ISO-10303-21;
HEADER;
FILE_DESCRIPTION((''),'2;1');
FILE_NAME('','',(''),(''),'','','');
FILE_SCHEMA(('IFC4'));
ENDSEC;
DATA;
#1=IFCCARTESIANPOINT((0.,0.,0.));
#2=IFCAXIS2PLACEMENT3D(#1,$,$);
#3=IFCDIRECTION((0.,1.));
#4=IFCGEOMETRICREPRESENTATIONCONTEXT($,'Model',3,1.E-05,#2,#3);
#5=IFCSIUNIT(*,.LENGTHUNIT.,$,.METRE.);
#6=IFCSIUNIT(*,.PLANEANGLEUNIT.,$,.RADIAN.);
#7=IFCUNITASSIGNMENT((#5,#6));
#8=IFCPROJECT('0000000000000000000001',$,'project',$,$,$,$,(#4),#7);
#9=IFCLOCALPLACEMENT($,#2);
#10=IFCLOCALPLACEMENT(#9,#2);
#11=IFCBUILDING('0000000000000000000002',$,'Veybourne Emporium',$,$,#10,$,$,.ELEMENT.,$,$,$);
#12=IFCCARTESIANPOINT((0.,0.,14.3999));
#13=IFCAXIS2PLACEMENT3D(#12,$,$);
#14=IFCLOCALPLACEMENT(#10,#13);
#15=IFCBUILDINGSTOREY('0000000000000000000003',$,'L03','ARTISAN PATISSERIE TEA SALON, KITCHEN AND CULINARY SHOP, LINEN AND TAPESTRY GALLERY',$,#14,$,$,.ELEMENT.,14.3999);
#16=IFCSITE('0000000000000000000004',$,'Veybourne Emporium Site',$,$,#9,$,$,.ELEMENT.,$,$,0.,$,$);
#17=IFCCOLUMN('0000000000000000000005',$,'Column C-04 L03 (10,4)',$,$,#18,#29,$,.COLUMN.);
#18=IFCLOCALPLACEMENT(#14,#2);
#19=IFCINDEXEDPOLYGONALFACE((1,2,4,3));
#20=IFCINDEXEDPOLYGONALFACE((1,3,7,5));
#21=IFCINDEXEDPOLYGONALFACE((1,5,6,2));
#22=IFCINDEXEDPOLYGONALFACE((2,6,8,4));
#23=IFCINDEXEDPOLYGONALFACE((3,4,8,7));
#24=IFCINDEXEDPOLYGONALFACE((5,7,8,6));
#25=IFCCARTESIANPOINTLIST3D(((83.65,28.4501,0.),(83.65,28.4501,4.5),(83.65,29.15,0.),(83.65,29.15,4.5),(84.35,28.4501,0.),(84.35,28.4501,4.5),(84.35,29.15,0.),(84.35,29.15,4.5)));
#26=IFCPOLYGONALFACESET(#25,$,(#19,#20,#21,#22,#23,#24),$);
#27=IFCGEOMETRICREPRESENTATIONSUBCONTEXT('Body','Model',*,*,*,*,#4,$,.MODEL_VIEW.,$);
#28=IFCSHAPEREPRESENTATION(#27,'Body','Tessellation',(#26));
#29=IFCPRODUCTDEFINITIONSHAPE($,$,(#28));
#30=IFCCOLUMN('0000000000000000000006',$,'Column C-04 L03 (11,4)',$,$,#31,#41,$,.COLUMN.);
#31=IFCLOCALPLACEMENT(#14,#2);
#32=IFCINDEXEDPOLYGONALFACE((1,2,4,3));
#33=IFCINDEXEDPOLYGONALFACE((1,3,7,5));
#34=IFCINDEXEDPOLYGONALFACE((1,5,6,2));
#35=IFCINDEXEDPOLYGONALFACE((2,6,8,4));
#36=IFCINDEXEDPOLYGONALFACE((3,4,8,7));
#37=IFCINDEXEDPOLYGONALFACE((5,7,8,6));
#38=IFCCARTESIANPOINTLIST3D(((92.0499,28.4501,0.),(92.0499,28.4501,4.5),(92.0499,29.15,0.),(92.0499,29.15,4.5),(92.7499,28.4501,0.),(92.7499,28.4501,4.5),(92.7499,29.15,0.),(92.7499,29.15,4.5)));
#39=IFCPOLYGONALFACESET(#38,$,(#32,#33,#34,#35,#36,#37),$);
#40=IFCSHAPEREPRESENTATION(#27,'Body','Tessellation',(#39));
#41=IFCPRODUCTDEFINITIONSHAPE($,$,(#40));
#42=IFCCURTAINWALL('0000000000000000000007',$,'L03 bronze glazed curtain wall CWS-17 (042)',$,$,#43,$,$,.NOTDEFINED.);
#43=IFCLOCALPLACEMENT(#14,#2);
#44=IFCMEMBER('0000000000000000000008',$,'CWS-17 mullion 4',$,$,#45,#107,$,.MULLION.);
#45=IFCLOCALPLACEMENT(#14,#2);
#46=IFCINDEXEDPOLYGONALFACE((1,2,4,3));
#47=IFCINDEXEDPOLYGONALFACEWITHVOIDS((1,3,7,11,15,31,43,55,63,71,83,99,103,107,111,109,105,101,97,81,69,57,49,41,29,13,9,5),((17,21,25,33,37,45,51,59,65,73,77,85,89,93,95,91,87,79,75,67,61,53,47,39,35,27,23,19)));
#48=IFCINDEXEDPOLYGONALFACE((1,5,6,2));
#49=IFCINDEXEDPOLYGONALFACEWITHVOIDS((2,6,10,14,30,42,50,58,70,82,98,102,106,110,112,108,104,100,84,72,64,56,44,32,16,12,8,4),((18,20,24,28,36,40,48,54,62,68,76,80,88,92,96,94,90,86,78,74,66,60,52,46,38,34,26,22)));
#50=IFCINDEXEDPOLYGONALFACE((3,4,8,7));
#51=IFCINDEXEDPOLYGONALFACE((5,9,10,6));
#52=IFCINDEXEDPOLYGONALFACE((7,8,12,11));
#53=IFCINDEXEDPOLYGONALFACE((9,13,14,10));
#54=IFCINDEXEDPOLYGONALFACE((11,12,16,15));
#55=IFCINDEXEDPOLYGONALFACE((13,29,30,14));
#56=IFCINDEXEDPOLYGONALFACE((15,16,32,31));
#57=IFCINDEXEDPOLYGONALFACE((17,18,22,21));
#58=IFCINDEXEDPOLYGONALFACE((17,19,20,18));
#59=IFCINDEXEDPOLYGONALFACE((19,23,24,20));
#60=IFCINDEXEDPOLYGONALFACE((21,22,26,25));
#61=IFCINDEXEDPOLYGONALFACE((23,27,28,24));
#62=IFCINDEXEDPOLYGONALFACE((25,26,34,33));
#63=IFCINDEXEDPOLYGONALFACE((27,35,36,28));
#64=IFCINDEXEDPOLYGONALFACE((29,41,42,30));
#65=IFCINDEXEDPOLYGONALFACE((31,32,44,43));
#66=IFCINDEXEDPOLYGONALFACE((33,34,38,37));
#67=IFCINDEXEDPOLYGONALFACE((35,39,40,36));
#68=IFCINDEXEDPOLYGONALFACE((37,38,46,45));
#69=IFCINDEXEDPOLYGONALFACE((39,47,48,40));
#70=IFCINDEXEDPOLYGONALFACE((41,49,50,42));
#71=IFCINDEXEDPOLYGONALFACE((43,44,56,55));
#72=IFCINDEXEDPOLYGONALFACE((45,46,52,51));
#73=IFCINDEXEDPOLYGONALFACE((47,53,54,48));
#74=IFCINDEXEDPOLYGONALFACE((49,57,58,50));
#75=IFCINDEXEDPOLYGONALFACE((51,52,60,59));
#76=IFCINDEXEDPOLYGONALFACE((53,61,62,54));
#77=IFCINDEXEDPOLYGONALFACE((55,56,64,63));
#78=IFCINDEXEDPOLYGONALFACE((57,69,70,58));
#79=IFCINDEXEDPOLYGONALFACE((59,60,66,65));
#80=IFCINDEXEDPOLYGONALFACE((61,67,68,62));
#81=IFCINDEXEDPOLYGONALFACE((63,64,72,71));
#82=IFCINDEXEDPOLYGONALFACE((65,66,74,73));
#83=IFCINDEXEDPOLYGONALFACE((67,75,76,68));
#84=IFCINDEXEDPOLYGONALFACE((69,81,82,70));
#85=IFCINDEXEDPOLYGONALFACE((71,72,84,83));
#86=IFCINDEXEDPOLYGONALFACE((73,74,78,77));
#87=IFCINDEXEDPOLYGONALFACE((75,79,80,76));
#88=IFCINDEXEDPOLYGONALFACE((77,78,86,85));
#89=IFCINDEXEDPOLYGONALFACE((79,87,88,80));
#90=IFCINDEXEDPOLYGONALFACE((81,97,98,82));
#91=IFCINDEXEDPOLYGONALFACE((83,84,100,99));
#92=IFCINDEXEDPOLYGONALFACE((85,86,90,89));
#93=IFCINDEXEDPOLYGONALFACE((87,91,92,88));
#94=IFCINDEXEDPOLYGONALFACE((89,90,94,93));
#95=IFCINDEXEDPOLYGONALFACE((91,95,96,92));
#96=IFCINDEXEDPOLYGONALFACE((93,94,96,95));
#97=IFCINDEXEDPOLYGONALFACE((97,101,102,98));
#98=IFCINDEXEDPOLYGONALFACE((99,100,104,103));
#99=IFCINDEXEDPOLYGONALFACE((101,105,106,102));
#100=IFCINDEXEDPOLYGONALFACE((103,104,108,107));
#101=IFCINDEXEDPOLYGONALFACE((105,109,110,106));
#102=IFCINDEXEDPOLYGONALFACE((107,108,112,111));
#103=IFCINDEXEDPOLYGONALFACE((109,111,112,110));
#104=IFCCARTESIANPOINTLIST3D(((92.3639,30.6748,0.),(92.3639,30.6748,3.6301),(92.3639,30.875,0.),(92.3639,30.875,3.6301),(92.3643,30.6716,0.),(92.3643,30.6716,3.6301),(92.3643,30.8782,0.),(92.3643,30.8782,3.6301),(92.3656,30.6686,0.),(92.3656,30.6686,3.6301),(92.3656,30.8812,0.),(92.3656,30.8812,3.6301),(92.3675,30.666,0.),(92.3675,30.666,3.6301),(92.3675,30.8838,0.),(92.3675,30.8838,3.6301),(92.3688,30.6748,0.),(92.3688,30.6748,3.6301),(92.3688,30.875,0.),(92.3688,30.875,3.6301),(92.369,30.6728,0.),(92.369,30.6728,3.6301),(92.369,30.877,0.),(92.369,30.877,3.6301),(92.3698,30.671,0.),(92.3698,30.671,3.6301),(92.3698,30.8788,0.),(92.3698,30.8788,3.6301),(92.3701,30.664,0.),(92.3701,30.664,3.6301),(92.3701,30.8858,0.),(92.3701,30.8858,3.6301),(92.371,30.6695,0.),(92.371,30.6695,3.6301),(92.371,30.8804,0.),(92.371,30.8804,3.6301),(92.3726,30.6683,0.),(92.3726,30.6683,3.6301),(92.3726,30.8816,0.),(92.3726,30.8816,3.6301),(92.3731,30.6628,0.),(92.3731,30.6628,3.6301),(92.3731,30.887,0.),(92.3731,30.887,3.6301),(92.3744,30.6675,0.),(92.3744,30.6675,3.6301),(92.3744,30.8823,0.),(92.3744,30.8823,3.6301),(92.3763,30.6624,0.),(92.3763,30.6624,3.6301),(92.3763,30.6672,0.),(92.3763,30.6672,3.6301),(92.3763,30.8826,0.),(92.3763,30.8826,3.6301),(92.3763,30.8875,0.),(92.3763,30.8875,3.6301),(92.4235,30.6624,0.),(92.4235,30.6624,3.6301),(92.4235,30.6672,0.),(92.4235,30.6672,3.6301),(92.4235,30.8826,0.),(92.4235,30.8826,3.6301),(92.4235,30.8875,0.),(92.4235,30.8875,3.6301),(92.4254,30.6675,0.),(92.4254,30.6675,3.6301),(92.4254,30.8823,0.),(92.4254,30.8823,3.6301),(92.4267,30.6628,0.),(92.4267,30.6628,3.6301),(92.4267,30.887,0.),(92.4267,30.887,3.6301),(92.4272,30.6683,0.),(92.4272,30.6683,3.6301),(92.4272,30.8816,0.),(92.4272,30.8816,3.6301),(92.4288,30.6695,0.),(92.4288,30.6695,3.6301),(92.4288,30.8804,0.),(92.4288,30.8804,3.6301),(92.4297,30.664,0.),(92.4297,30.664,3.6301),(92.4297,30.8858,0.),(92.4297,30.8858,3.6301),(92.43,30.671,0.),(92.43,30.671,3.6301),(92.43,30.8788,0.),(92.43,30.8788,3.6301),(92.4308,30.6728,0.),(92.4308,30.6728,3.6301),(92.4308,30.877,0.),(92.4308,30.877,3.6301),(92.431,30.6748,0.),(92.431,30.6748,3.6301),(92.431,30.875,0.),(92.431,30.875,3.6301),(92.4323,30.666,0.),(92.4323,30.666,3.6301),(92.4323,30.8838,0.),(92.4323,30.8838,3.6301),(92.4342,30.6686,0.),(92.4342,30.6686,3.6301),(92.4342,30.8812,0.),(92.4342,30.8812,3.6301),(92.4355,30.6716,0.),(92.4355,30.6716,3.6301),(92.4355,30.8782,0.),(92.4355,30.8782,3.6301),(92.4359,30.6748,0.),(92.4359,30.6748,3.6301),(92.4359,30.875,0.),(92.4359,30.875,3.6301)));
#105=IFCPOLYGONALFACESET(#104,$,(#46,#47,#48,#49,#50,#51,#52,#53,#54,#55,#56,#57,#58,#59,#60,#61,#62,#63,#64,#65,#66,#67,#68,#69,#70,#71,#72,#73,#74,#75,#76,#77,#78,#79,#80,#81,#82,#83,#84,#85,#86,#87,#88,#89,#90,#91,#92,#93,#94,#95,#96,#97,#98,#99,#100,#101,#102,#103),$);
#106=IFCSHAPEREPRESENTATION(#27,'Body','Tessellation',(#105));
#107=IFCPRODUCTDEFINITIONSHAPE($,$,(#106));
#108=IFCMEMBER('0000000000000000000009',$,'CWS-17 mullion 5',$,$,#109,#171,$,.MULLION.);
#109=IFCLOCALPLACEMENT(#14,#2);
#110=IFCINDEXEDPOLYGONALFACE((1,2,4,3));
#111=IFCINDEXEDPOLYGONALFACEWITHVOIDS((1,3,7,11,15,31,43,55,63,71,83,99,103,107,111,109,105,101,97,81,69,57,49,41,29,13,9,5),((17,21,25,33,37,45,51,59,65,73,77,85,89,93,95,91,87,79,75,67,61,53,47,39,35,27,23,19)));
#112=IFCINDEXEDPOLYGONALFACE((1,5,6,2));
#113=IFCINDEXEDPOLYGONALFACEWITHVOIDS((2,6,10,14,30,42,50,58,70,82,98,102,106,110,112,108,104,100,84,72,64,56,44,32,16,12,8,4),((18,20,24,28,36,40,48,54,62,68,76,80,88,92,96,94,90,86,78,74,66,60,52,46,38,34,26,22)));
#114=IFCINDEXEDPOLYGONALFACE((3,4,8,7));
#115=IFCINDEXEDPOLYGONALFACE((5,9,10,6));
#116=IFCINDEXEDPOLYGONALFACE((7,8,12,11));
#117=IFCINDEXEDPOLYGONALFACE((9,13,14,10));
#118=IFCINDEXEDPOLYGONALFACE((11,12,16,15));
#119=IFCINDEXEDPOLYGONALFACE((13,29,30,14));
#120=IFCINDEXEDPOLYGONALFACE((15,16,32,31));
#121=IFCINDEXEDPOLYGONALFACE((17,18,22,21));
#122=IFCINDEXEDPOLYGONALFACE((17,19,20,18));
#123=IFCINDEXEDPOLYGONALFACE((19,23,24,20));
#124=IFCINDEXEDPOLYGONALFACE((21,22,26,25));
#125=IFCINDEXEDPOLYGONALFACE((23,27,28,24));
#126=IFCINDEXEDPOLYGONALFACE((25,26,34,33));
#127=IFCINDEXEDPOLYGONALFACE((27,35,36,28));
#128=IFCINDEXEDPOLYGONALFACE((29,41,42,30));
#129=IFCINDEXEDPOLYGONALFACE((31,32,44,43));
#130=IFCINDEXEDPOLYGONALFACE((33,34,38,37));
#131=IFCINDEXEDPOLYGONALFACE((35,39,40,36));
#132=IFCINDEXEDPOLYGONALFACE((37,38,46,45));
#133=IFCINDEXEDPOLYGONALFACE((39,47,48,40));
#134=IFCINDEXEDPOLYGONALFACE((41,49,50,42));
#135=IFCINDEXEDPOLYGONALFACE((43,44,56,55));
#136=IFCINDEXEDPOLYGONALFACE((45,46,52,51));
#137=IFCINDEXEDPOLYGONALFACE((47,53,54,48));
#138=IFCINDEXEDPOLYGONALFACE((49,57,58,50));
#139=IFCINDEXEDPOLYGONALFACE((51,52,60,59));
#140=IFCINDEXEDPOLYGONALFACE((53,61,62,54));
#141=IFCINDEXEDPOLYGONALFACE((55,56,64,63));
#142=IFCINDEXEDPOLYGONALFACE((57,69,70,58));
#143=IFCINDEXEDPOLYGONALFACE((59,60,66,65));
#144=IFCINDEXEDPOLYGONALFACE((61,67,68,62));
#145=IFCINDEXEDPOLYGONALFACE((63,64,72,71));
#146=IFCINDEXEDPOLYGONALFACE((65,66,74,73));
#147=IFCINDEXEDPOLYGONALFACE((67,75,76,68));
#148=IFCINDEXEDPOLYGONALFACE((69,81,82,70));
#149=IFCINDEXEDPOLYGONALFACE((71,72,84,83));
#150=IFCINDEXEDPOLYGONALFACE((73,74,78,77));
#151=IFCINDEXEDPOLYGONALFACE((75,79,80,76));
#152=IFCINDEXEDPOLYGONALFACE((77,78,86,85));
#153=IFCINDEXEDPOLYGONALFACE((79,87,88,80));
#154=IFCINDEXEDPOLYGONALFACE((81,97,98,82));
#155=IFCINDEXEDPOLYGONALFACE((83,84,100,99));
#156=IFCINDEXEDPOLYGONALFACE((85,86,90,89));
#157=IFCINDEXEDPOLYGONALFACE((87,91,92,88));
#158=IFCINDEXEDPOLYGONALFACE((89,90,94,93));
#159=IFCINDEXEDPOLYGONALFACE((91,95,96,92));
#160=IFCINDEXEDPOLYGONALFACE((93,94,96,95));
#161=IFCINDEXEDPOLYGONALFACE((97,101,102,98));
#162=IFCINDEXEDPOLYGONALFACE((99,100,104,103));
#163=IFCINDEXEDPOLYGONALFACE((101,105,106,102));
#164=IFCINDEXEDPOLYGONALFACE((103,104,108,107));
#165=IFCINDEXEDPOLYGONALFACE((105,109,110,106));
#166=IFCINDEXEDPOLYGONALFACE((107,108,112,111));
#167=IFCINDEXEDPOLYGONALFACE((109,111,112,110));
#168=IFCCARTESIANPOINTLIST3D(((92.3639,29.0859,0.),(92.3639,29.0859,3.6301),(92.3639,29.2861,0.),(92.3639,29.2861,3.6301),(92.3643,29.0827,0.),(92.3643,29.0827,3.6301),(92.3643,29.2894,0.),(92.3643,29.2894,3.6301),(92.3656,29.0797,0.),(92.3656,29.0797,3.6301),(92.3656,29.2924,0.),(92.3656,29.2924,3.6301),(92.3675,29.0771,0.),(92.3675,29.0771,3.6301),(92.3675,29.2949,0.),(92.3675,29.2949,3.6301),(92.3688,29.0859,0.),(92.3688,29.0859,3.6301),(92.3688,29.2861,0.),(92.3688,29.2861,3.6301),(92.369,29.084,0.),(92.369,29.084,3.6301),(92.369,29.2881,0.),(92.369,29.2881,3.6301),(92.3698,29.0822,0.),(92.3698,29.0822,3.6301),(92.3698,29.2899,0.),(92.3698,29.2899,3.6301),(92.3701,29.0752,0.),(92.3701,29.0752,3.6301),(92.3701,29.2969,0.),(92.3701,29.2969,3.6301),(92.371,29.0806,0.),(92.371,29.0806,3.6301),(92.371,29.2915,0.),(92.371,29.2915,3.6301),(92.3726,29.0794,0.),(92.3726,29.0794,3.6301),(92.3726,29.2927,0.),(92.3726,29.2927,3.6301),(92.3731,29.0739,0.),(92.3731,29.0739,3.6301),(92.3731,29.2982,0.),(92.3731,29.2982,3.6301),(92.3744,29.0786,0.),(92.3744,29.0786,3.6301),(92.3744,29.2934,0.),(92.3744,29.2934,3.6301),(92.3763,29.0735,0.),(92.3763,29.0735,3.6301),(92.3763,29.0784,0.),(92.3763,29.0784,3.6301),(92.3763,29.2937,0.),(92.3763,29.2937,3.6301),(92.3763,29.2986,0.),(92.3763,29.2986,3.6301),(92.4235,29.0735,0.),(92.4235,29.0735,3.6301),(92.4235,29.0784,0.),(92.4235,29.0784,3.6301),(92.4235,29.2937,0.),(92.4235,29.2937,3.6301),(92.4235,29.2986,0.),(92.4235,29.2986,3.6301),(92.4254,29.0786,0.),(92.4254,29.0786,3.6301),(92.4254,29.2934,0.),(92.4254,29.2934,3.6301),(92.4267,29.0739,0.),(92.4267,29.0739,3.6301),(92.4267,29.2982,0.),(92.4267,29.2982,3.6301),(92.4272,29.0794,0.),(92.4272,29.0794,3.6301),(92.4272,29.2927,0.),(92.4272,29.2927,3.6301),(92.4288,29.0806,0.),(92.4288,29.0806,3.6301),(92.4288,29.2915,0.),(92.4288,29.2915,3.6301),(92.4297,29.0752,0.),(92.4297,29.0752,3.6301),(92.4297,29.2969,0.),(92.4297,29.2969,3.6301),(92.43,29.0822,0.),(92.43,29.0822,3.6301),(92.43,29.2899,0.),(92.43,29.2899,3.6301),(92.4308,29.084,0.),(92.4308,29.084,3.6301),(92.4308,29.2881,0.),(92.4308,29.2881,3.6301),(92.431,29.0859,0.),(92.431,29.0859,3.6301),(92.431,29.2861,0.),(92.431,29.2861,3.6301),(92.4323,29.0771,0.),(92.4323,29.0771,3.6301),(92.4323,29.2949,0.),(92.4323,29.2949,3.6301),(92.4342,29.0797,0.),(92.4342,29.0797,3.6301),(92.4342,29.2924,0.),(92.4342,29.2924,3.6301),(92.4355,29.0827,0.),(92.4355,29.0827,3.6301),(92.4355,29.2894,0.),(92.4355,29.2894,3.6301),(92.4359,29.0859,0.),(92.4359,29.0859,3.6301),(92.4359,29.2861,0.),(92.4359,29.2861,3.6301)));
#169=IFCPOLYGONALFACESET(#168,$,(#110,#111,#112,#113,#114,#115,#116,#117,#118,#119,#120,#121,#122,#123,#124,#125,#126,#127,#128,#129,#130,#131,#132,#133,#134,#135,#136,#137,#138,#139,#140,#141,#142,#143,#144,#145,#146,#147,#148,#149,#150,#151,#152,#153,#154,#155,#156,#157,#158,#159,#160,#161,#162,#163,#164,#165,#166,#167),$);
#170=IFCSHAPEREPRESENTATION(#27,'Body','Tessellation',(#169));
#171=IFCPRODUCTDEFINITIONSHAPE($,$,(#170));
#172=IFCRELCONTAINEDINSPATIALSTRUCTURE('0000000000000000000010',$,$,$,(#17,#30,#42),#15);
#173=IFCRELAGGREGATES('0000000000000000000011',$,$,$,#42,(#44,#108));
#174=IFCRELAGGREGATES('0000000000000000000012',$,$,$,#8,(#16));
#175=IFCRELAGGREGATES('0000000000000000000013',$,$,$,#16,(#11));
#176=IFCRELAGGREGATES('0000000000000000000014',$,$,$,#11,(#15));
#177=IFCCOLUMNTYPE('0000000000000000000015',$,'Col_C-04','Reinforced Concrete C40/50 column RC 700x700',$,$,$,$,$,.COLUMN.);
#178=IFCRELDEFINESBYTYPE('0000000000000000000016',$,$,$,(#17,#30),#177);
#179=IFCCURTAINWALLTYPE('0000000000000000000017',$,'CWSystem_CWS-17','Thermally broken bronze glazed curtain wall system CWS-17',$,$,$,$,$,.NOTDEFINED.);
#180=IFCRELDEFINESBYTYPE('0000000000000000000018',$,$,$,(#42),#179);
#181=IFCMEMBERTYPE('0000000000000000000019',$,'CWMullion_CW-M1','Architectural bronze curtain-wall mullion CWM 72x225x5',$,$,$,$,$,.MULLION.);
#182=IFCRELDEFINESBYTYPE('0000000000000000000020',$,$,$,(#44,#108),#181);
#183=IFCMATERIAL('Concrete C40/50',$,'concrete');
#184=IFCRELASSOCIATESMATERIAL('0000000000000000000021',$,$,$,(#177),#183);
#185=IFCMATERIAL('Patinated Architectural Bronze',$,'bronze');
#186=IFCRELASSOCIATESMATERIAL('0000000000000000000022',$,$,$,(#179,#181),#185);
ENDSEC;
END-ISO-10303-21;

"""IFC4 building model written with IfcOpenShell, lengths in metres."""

from ifc_helpers import new_model, si_unit, direction, frame, origin, origin_2d, place, context, subcontext, project, spatial, rectangle, hollow_rectangle, extrude, material, material_profile, profile_set, type_object, element, aggregate, save


model = new_model("IFC4")

# Units and contexts
model_context = context("Model", 3, precision=1e-05, world=origin(), true_north=direction((0.0, 1.0)))
body_context = subcontext(model_context, "Body", "Model", "MODEL_VIEW")
ifc_project = project(units=[si_unit("LENGTHUNIT", "METRE"), si_unit("PLANEANGLEUNIT", "RADIAN")], contexts=[model_context])

# Site, building, storey
site_placement = place(None, origin())
site = spatial("IfcSite", under=ifc_project, at=site_placement, Name="Veybourne Emporium Site", CompositionType="ELEMENT", RefElevation=0.0)
building_placement = place(site_placement, origin())
building = spatial("IfcBuilding", under=site, at=building_placement, Name="Veybourne Emporium", CompositionType="ELEMENT")
storey_placement = place(building_placement, frame((0.0, 0.0, 14.3999)))
storey = spatial("IfcBuildingStorey", under=building, at=storey_placement, Name="L03", Description="ARTISAN PATISSERIE TEA SALON, KITCHEN AND CULINARY SHOP, LINEN AND TAPESTRY GALLERY", CompositionType="ELEMENT", Elevation=14.3999)

# Columns
ifc_material_1 = material(Name="Concrete C40/50", Category="concrete")
ifc_material_profile_1 = material_profile(ifc_material_1, rectangle(XDim=0.7, YDim=0.7, at=origin_2d()), Name="RC 700x700")
ifc_profile_set_1 = profile_set([ifc_material_profile_1], Name="Concrete C40/50")
column_type = type_object("IfcColumnType", Name="Col_C-04", Description="Reinforced Concrete C40/50 column RC 700x700", PredefinedType="COLUMN", material=ifc_profile_set_1)
for number, where, z_axis, x_axis, name in (
    (1, (84.0, 28.8, 0.0), (0.0, 0.0, 1.0), (1.0, 0.0, 0.0), "Column C-04 L03 (10,4)"),
    (2, (92.3999, 28.8, 0.0), (0.0, 0.0, 1.0), (1.0, 0.0, 0.0), "Column C-04 L03 (11,4)"),
):
    element("IfcColumn", number, at=place(storey_placement, frame(where, z_axis=z_axis, x_axis=x_axis)), inside=storey, type_object=column_type, Name=name, PredefinedType="COLUMN", context=body_context, shape_type="SweptSolid", body=[
        extrude(rectangle(XDim=0.7, YDim=0.7, at=origin_2d()), origin(), (0.0, 0.0, 1.0), 4.5),
    ])

# Curtain wall, members
ifc_material_2 = material(Name="Patinated Architectural Bronze", Category="bronze")
curtain_wall_type = type_object("IfcCurtainWallType", Name="CWSystem_CWS-17", Description="Thermally broken bronze glazed curtain wall system CWS-17", PredefinedType="NOTDEFINED", material=ifc_material_2)
curtain_wall_placement = place(storey_placement, origin())
curtain_wall = element("IfcCurtainWall", 3, at=curtain_wall_placement, inside=storey, type_object=curtain_wall_type, Name="L03 bronze glazed curtain wall CWS-17 (042)", PredefinedType="NOTDEFINED")
ifc_material_profile_2 = material_profile(ifc_material_2, hollow_rectangle(XDim=0.072, YDim=0.2251, WallThickness=0.0049, InnerFilletRadius=0.0076, OuterFilletRadius=0.0125, at=origin_2d()), Name="CWM 72x225x5")
ifc_profile_set_2 = profile_set([ifc_material_profile_2], Name="Patinated Architectural Bronze")
member_type_1 = type_object("IfcMemberType", Name="CWMullion_CW-M1", Description="Architectural bronze curtain-wall mullion CWM 72x225x5", PredefinedType="MULLION", material=ifc_profile_set_2)
member_1_placement = place(storey_placement, frame((92.3999, 30.7749, 0.0), z_axis=(0.0, 0.0, 1.0), x_axis=(1.0, 0.0, 0.0)))
member_1 = element("IfcMember", 4, at=member_1_placement, type_object=member_type_1, Name="CWS-17 mullion 4", PredefinedType="MULLION", context=body_context, shape_type="SweptSolid", body=[
    extrude(hollow_rectangle(XDim=0.072, YDim=0.2251, WallThickness=0.0049, InnerFilletRadius=0.0076, OuterFilletRadius=0.0125, at=origin_2d()), origin(), (0.0, 0.0, 1.0), 3.6301),
])
member_2_placement = place(storey_placement, frame((92.3999, 29.186, 0.0), z_axis=(0.0, 0.0, 1.0), x_axis=(1.0, 0.0, 0.0)))
member_2 = element("IfcMember", 5, at=member_2_placement, type_object=member_type_1, Name="CWS-17 mullion 5", PredefinedType="MULLION", context=body_context, shape_type="SweptSolid", body=[
    extrude(hollow_rectangle(XDim=0.072, YDim=0.2251, WallThickness=0.0049, InnerFilletRadius=0.0076, OuterFilletRadius=0.0125, at=origin_2d()), origin(), (0.0, 0.0, 1.0), 3.6301),
])

aggregate(curtain_wall, [member_1, member_2])

save(model, "model.ifc")
